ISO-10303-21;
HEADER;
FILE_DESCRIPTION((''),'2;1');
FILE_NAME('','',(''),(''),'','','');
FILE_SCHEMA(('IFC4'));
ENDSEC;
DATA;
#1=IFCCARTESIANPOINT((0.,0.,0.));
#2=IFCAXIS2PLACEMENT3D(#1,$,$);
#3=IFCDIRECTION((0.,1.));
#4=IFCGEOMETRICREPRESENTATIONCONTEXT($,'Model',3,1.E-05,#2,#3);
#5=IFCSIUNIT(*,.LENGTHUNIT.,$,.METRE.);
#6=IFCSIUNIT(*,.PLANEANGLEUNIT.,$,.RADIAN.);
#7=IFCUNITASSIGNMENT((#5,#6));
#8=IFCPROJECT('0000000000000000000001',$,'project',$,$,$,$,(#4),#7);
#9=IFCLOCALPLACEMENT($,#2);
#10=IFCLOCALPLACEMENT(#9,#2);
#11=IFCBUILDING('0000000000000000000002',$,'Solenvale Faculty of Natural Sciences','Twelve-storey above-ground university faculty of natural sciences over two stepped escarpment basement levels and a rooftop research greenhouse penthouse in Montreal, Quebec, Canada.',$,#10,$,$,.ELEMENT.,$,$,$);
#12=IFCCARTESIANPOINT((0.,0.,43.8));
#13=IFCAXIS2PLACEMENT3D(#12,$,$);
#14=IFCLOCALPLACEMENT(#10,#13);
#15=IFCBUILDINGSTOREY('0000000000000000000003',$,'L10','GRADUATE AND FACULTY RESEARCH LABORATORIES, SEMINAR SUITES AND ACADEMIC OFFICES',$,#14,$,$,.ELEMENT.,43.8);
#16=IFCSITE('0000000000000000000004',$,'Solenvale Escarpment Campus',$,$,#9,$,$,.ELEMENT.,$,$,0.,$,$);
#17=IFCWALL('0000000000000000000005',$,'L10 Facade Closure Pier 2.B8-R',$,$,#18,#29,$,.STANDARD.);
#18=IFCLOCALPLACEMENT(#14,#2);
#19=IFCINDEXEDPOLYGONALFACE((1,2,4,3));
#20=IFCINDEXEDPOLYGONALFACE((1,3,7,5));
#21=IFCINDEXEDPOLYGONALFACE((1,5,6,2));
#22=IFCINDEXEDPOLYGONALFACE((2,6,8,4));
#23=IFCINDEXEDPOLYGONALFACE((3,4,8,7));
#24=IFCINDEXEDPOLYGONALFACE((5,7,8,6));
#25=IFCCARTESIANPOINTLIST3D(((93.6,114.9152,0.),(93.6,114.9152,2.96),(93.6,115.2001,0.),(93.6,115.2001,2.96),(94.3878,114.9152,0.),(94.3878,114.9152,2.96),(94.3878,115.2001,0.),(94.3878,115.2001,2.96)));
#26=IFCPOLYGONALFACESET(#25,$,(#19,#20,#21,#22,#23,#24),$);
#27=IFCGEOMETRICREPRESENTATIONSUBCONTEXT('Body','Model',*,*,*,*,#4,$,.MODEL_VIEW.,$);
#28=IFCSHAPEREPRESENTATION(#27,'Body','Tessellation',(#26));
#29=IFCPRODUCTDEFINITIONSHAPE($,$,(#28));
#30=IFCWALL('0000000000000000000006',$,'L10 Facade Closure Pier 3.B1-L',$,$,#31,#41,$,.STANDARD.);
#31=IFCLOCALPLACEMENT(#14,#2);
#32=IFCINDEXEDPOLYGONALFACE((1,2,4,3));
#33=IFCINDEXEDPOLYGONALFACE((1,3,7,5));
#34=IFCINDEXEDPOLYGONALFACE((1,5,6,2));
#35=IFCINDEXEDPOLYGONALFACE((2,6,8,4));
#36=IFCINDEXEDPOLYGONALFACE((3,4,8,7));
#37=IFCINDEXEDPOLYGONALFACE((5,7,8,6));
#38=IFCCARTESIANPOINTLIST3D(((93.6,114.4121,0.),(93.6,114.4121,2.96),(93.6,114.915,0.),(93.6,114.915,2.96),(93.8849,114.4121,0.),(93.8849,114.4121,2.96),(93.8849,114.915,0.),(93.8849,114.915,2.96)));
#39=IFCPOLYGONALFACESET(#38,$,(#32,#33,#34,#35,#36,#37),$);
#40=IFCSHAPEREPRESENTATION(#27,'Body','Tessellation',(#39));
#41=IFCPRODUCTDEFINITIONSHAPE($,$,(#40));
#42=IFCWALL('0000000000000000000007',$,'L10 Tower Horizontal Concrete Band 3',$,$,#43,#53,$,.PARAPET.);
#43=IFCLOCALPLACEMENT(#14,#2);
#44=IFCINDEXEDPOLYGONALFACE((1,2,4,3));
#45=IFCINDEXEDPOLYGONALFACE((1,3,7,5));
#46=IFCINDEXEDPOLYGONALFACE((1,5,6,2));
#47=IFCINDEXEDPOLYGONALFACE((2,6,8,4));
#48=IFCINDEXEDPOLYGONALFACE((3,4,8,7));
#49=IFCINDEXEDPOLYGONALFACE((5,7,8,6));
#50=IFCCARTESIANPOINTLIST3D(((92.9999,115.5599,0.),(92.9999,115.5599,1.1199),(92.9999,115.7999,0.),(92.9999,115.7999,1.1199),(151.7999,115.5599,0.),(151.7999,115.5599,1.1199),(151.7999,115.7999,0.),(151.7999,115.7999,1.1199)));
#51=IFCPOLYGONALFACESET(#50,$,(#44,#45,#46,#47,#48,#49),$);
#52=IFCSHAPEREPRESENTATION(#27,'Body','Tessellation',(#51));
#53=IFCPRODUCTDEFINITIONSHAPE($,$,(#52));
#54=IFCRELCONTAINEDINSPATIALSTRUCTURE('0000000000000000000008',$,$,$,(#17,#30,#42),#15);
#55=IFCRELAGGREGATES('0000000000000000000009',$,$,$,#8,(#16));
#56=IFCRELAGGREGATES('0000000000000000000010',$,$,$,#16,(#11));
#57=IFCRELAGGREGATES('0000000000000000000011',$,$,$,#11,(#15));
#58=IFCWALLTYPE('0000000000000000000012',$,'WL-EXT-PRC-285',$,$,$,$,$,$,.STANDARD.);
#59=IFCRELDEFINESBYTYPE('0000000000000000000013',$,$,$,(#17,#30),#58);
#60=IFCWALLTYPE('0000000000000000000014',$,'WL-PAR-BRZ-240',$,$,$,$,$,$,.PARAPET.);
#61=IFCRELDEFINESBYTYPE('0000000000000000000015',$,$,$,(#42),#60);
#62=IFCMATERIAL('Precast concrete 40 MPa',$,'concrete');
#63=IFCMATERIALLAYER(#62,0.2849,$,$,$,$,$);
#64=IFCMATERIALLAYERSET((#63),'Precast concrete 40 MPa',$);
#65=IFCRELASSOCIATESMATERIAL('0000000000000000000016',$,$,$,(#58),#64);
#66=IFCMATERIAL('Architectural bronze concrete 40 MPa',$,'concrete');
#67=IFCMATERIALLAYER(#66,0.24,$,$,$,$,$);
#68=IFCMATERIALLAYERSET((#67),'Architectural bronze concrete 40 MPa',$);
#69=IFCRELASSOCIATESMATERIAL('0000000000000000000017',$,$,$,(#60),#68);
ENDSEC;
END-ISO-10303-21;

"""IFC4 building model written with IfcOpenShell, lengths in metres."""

from ifc_helpers import new_model, si_unit, direction, frame, frame_2d, origin, place, context, subcontext, project, spatial, rectangle, extrude, material, layer, layer_set, type_object, element, save


model = new_model("IFC4")

# Units and contexts
model_context = context("Model", 3, precision=1e-05, world=origin(), true_north=direction((0.0, 1.0)))
body_context = subcontext(model_context, "Body", "Model", "MODEL_VIEW")
ifc_project = project(units=[si_unit("LENGTHUNIT", "METRE"), si_unit("PLANEANGLEUNIT", "RADIAN")], contexts=[model_context])

# Site, building, storey
site_placement = place(None, origin())
site = spatial("IfcSite", under=ifc_project, at=site_placement, Name="Solenvale Escarpment Campus", CompositionType="ELEMENT", RefElevation=0.0)
building_placement = place(site_placement, origin())
building = spatial("IfcBuilding", under=site, at=building_placement, Name="Solenvale Faculty of Natural Sciences", Description="Twelve-storey above-ground university faculty of natural sciences over two stepped escarpment basement levels and a rooftop research greenhouse penthouse in Montreal, Quebec, Canada.", CompositionType="ELEMENT")
storey_placement = place(building_placement, frame((0.0, 0.0, 43.8)))
storey = spatial("IfcBuildingStorey", under=building, at=storey_placement, Name="L10", Description="GRADUATE AND FACULTY RESEARCH LABORATORIES, SEMINAR SUITES AND ACADEMIC OFFICES", CompositionType="ELEMENT", Elevation=43.8)

# Shared definitions
ifc_material_1 = material(Name="Precast concrete 40 MPa", Category="concrete")

# Walls
ifc_layer_1 = layer(ifc_material_1, 0.2849)
ifc_layer_set_1 = layer_set([ifc_layer_1], Name="Precast concrete 40 MPa")
wall_type_1 = type_object("IfcWallType", Name="WL-EXT-PRC-285", PredefinedType="STANDARD", material=ifc_layer_set_1)
wall_1_placement = place(storey_placement, frame((94.3879, 115.0576, 0.0), z_axis=(0.0, 0.0, 1.0), x_axis=(-1.0, 0.0, 0.0)))
element("IfcWall", 1, at=wall_1_placement, inside=storey, type_object=wall_type_1, Name="L10 Facade Closure Pier 2.B8-R", PredefinedType="STANDARD", context=body_context, shape_type="SweptSolid", body=[
    extrude(rectangle(XDim=0.7878, YDim=0.2849, at=frame_2d((0.394, 0.0))), origin(), (0.0, 0.0, 1.0), 2.96),
])
wall_2_placement = place(storey_placement, frame((93.7424, 114.915, 0.0), z_axis=(0.0, 0.0, 1.0), x_axis=(0.0, -1.0, 0.0)))
element("IfcWall", 2, at=wall_2_placement, inside=storey, type_object=wall_type_1, Name="L10 Facade Closure Pier 3.B1-L", PredefinedType="STANDARD", context=body_context, shape_type="SweptSolid", body=[
    extrude(rectangle(XDim=0.5029, YDim=0.2849, at=frame_2d((0.2515, 0.0))), origin(), (0.0, 0.0, 1.0), 2.96),
])
ifc_material_2 = material(Name="Architectural bronze concrete 40 MPa", Category="concrete")
ifc_layer_2 = layer(ifc_material_2, 0.24)
ifc_layer_set_2 = layer_set([ifc_layer_2], Name="Architectural bronze concrete 40 MPa")
wall_type_2 = type_object("IfcWallType", Name="WL-PAR-BRZ-240", PredefinedType="PARAPET", material=ifc_layer_set_2)
wall_3_placement = place(storey_placement, frame((93.0, 115.6799, 0.0), z_axis=(0.0, 0.0, 1.0), x_axis=(1.0, 0.0, 0.0)))
element("IfcWall", 3, at=wall_3_placement, inside=storey, type_object=wall_type_2, Name="L10 Tower Horizontal Concrete Band 3", PredefinedType="PARAPET", context=body_context, shape_type="SweptSolid", body=[
    extrude(rectangle(XDim=58.8, YDim=0.24, at=frame_2d((29.3999, 0.0))), origin(), (0.0, 0.0, 1.0), 1.1199),
])

save(model, "model.ifc")
